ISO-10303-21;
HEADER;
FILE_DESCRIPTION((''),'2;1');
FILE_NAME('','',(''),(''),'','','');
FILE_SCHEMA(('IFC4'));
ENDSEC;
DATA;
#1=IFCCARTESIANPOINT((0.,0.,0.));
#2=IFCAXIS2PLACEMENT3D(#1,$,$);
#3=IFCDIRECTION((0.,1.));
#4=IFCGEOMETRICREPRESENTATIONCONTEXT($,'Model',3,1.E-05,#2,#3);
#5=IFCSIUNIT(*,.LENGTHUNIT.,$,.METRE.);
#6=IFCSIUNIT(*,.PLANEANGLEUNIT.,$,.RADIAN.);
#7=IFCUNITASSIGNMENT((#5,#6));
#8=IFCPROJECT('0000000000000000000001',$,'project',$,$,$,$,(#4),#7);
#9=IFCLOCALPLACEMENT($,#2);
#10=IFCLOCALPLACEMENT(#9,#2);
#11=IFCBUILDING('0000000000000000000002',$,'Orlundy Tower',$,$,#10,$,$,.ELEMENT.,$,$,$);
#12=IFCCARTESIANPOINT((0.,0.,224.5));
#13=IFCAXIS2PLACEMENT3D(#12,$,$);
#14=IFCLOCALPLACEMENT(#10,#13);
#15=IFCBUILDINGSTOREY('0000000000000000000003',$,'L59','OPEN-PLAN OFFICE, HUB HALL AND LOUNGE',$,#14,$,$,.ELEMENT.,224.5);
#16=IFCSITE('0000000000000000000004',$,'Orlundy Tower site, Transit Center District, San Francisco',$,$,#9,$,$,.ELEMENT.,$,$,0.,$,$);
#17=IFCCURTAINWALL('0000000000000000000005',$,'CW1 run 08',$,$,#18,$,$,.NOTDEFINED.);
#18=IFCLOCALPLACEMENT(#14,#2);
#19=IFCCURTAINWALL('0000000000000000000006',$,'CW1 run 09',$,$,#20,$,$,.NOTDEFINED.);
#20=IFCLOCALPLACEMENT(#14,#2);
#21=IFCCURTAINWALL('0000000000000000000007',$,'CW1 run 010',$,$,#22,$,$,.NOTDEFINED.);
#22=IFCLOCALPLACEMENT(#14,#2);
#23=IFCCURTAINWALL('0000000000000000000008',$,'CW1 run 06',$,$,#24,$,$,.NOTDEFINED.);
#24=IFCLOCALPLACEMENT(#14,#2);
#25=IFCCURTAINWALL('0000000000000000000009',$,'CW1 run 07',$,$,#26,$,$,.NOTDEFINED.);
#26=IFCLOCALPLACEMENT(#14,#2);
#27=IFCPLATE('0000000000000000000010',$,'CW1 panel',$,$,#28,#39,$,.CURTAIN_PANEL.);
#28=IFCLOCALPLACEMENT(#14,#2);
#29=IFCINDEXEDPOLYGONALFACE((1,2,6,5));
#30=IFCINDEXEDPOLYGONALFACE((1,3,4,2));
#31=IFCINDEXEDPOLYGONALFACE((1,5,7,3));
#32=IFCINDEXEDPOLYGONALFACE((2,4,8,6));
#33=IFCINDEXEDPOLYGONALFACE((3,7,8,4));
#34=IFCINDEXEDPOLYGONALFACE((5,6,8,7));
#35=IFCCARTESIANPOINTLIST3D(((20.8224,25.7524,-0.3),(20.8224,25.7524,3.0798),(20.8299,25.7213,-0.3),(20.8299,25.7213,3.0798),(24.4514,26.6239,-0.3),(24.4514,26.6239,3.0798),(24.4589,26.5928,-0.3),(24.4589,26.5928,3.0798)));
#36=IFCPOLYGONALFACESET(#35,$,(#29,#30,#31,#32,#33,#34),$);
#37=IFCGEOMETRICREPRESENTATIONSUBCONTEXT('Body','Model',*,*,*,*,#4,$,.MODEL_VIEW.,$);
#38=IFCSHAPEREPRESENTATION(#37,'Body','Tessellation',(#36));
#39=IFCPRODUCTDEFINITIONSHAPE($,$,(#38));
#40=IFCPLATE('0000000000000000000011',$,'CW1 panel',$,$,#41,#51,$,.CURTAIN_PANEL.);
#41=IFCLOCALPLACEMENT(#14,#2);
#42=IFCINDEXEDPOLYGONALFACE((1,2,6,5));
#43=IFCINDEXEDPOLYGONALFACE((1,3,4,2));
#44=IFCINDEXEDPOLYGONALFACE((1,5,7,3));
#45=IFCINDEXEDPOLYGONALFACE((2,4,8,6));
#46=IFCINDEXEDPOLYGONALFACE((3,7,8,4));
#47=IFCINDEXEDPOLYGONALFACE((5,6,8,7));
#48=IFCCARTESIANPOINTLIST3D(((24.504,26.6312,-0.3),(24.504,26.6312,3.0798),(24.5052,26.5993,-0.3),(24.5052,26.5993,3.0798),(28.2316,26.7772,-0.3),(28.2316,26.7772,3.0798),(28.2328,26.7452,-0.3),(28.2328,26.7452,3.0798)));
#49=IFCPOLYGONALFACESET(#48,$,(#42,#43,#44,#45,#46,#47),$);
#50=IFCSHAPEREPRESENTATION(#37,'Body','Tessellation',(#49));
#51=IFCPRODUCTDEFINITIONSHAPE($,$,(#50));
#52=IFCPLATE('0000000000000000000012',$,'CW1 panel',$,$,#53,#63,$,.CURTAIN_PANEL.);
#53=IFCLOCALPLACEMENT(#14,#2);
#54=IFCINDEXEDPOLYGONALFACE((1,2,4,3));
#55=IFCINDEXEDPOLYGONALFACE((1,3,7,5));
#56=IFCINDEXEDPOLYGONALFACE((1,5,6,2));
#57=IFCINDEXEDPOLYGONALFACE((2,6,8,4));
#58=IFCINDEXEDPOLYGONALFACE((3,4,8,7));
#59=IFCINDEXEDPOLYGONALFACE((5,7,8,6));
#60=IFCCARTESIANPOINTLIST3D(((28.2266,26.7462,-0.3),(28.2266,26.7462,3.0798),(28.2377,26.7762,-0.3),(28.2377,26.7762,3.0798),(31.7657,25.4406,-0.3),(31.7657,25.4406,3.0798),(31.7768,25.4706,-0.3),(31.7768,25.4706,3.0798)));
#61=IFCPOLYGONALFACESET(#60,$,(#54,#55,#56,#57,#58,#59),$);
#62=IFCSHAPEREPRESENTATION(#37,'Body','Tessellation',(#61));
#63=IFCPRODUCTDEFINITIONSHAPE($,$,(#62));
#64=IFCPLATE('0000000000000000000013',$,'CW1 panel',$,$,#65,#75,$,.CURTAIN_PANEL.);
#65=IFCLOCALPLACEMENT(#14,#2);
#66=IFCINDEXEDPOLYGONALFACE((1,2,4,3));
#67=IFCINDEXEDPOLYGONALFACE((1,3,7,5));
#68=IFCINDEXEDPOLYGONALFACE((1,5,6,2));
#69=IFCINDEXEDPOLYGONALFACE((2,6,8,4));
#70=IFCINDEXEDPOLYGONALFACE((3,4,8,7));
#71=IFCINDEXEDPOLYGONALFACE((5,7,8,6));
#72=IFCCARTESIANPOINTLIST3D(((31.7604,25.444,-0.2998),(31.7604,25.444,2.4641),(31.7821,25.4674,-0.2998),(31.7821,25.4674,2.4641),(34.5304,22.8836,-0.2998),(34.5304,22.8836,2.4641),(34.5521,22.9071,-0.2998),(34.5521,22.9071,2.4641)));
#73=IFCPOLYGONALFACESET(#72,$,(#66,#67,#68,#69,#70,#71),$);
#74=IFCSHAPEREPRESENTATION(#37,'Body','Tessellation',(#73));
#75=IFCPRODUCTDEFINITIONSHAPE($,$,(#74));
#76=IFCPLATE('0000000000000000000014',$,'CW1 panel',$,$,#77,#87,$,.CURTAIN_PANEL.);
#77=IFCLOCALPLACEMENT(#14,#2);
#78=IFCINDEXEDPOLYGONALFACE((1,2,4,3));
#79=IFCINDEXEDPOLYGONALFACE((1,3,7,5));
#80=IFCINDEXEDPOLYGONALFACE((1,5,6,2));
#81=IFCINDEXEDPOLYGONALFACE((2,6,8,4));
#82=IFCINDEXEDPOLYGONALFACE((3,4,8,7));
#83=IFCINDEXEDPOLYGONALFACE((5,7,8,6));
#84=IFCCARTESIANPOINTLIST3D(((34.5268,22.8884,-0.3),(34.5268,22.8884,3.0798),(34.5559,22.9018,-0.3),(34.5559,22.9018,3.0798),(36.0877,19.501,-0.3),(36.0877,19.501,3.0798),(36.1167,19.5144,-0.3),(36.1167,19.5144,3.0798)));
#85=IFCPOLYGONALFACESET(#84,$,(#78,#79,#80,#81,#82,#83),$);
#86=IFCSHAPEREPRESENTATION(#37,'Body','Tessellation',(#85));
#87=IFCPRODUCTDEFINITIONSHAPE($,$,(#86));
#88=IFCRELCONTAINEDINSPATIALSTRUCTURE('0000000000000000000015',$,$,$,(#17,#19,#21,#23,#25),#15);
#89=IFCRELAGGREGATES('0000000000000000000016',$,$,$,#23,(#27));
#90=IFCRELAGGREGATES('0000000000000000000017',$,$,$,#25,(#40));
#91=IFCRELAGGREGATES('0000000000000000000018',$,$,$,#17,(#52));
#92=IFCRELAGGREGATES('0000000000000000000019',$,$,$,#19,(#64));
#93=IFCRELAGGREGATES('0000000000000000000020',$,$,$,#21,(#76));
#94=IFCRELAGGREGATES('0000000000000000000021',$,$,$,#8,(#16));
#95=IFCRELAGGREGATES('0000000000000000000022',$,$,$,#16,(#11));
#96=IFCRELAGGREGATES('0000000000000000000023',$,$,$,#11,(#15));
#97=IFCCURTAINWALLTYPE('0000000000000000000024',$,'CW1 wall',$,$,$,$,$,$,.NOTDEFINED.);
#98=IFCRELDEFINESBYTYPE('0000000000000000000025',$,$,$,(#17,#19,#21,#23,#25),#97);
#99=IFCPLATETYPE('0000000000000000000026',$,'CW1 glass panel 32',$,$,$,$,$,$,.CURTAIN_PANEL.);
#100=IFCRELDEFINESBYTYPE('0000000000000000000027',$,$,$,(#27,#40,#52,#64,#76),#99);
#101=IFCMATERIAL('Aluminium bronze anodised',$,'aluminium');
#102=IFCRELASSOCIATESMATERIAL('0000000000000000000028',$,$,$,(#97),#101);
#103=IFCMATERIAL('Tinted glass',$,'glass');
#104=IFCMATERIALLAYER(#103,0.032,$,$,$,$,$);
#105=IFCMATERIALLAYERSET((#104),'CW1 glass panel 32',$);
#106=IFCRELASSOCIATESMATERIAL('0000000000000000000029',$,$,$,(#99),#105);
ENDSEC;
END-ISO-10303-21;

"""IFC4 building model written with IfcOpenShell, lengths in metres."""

from ifc_helpers import new_model, si_unit, direction, frame, origin, origin_2d, place, context, subcontext, project, spatial, rectangle, extrude, material, layer, layer_set, type_object, element, aggregate, save


model = new_model("IFC4")

# Units and contexts
model_context = context("Model", 3, precision=1e-05, world=origin(), true_north=direction((0.0, 1.0)))
body_context = subcontext(model_context, "Body", "Model", "MODEL_VIEW")
ifc_project = project(units=[si_unit("LENGTHUNIT", "METRE"), si_unit("PLANEANGLEUNIT", "RADIAN")], contexts=[model_context])

# Site, building, storey
site_placement = place(None, origin())
site = spatial("IfcSite", under=ifc_project, at=site_placement, Name="Orlundy Tower site, Transit Center District, San Francisco", CompositionType="ELEMENT", RefElevation=0.0)
building_placement = place(site_placement, origin())
building = spatial("IfcBuilding", under=site, at=building_placement, Name="Orlundy Tower", CompositionType="ELEMENT")
storey_placement = place(building_placement, frame((0.0, 0.0, 224.5)))
storey = spatial("IfcBuildingStorey", under=building, at=storey_placement, Name="L59", Description="OPEN-PLAN OFFICE, HUB HALL AND LOUNGE", CompositionType="ELEMENT", Elevation=224.5)

# Curtain walls
ifc_material_1 = material(Name="Aluminium bronze anodised", Category="aluminium")
curtain_wall_type = type_object("IfcCurtainWallType", Name="CW1 wall", PredefinedType="NOTDEFINED", material=ifc_material_1)
curtain_wall_1_placement = place(storey_placement, origin())
curtain_wall_1 = element("IfcCurtainWall", 1, at=curtain_wall_1_placement, inside=storey, type_object=curtain_wall_type, Name="CW1 run 08", PredefinedType="NOTDEFINED")
curtain_wall_2_placement = place(storey_placement, origin())
curtain_wall_2 = element("IfcCurtainWall", 2, at=curtain_wall_2_placement, inside=storey, type_object=curtain_wall_type, Name="CW1 run 09", PredefinedType="NOTDEFINED")
curtain_wall_3_placement = place(storey_placement, origin())
curtain_wall_3 = element("IfcCurtainWall", 3, at=curtain_wall_3_placement, inside=storey, type_object=curtain_wall_type, Name="CW1 run 010", PredefinedType="NOTDEFINED")
curtain_wall_4_placement = place(storey_placement, origin())
curtain_wall_4 = element("IfcCurtainWall", 4, at=curtain_wall_4_placement, inside=storey, type_object=curtain_wall_type, Name="CW1 run 06", PredefinedType="NOTDEFINED")
curtain_wall_5_placement = place(storey_placement, origin())
curtain_wall_5 = element("IfcCurtainWall", 5, at=curtain_wall_5_placement, inside=storey, type_object=curtain_wall_type, Name="CW1 run 07", PredefinedType="NOTDEFINED")

# Plates
ifc_material_2 = material(Name="Tinted glass", Category="glass")
ifc_layer = layer(ifc_material_2, 0.032)
ifc_layer_set = layer_set([ifc_layer], Name="CW1 glass panel 32")
plate_type = type_object("IfcPlateType", Name="CW1 glass panel 32", PredefinedType="CURTAIN_PANEL", material=ifc_layer_set)
plate_1_placement = place(storey_placement, frame((22.6406, 26.1726, -0.3), z_axis=(0.0, 0.0, 1.0), x_axis=(0.97235, 0.233529, 0.0)))
plate_1 = element("IfcPlate", 6, at=plate_1_placement, type_object=plate_type, Name="CW1 panel", PredefinedType="CURTAIN_PANEL", context=body_context, shape_type="SweptSolid", body=[
    extrude(rectangle(XDim=3.7322, YDim=0.032, at=origin_2d()), origin(), (0.0, 0.0, 1.0), 3.3799),
])
aggregate(curtain_wall_4, [plate_1])
plate_2_placement = place(storey_placement, frame((26.3684, 26.6882, -0.3), z_axis=(0.0, 0.0, 1.0), x_axis=(0.999235, 0.039117, 0.0)))
plate_2 = element("IfcPlate", 7, at=plate_2_placement, type_object=plate_type, Name="CW1 panel", PredefinedType="CURTAIN_PANEL", context=body_context, shape_type="SweptSolid", body=[
    extrude(rectangle(XDim=3.7305, YDim=0.032, at=origin_2d()), origin(), (0.0, 0.0, 1.0), 3.3799),
])
aggregate(curtain_wall_5, [plate_2])
plate_3_placement = place(storey_placement, frame((30.0017, 26.1084, -0.3), z_axis=(0.0, 0.0, 1.0), x_axis=(0.9382, -0.346093, 0.0)))
plate_3 = element("IfcPlate", 8, at=plate_3_placement, type_object=plate_type, Name="CW1 panel", PredefinedType="CURTAIN_PANEL", context=body_context, shape_type="SweptSolid", body=[
    extrude(rectangle(XDim=3.7722, YDim=0.032, at=origin_2d()), origin(), (0.0, 0.0, 1.0), 3.3799),
])
aggregate(curtain_wall_1, [plate_3])
plate_4_placement = place(storey_placement, frame((33.1562, 24.1755, -0.2998), z_axis=(0.0, 0.0, 1.0), x_axis=(0.734348, -0.678773, 0.0)))
plate_4 = element("IfcPlate", 9, at=plate_4_placement, type_object=plate_type, Name="CW1 panel", PredefinedType="CURTAIN_PANEL", context=body_context, shape_type="SweptSolid", body=[
    extrude(rectangle(XDim=3.772, YDim=0.032, at=origin_2d()), origin(), (0.0, 0.0, 1.0), 2.7639),
])
aggregate(curtain_wall_2, [plate_4])
plate_5_placement = place(storey_placement, frame((35.3218, 21.2014, -0.3), z_axis=(0.0, 0.0, 1.0), x_axis=(0.418493, -0.90822, 0.0)))
plate_5 = element("IfcPlate", 10, at=plate_5_placement, type_object=plate_type, Name="CW1 panel", PredefinedType="CURTAIN_PANEL", context=body_context, shape_type="SweptSolid", body=[
    extrude(rectangle(XDim=3.7297, YDim=0.032, at=origin_2d()), origin(), (0.0, 0.0, 1.0), 3.3799),
])
aggregate(curtain_wall_3, [plate_5])

save(model, "model.ifc")
